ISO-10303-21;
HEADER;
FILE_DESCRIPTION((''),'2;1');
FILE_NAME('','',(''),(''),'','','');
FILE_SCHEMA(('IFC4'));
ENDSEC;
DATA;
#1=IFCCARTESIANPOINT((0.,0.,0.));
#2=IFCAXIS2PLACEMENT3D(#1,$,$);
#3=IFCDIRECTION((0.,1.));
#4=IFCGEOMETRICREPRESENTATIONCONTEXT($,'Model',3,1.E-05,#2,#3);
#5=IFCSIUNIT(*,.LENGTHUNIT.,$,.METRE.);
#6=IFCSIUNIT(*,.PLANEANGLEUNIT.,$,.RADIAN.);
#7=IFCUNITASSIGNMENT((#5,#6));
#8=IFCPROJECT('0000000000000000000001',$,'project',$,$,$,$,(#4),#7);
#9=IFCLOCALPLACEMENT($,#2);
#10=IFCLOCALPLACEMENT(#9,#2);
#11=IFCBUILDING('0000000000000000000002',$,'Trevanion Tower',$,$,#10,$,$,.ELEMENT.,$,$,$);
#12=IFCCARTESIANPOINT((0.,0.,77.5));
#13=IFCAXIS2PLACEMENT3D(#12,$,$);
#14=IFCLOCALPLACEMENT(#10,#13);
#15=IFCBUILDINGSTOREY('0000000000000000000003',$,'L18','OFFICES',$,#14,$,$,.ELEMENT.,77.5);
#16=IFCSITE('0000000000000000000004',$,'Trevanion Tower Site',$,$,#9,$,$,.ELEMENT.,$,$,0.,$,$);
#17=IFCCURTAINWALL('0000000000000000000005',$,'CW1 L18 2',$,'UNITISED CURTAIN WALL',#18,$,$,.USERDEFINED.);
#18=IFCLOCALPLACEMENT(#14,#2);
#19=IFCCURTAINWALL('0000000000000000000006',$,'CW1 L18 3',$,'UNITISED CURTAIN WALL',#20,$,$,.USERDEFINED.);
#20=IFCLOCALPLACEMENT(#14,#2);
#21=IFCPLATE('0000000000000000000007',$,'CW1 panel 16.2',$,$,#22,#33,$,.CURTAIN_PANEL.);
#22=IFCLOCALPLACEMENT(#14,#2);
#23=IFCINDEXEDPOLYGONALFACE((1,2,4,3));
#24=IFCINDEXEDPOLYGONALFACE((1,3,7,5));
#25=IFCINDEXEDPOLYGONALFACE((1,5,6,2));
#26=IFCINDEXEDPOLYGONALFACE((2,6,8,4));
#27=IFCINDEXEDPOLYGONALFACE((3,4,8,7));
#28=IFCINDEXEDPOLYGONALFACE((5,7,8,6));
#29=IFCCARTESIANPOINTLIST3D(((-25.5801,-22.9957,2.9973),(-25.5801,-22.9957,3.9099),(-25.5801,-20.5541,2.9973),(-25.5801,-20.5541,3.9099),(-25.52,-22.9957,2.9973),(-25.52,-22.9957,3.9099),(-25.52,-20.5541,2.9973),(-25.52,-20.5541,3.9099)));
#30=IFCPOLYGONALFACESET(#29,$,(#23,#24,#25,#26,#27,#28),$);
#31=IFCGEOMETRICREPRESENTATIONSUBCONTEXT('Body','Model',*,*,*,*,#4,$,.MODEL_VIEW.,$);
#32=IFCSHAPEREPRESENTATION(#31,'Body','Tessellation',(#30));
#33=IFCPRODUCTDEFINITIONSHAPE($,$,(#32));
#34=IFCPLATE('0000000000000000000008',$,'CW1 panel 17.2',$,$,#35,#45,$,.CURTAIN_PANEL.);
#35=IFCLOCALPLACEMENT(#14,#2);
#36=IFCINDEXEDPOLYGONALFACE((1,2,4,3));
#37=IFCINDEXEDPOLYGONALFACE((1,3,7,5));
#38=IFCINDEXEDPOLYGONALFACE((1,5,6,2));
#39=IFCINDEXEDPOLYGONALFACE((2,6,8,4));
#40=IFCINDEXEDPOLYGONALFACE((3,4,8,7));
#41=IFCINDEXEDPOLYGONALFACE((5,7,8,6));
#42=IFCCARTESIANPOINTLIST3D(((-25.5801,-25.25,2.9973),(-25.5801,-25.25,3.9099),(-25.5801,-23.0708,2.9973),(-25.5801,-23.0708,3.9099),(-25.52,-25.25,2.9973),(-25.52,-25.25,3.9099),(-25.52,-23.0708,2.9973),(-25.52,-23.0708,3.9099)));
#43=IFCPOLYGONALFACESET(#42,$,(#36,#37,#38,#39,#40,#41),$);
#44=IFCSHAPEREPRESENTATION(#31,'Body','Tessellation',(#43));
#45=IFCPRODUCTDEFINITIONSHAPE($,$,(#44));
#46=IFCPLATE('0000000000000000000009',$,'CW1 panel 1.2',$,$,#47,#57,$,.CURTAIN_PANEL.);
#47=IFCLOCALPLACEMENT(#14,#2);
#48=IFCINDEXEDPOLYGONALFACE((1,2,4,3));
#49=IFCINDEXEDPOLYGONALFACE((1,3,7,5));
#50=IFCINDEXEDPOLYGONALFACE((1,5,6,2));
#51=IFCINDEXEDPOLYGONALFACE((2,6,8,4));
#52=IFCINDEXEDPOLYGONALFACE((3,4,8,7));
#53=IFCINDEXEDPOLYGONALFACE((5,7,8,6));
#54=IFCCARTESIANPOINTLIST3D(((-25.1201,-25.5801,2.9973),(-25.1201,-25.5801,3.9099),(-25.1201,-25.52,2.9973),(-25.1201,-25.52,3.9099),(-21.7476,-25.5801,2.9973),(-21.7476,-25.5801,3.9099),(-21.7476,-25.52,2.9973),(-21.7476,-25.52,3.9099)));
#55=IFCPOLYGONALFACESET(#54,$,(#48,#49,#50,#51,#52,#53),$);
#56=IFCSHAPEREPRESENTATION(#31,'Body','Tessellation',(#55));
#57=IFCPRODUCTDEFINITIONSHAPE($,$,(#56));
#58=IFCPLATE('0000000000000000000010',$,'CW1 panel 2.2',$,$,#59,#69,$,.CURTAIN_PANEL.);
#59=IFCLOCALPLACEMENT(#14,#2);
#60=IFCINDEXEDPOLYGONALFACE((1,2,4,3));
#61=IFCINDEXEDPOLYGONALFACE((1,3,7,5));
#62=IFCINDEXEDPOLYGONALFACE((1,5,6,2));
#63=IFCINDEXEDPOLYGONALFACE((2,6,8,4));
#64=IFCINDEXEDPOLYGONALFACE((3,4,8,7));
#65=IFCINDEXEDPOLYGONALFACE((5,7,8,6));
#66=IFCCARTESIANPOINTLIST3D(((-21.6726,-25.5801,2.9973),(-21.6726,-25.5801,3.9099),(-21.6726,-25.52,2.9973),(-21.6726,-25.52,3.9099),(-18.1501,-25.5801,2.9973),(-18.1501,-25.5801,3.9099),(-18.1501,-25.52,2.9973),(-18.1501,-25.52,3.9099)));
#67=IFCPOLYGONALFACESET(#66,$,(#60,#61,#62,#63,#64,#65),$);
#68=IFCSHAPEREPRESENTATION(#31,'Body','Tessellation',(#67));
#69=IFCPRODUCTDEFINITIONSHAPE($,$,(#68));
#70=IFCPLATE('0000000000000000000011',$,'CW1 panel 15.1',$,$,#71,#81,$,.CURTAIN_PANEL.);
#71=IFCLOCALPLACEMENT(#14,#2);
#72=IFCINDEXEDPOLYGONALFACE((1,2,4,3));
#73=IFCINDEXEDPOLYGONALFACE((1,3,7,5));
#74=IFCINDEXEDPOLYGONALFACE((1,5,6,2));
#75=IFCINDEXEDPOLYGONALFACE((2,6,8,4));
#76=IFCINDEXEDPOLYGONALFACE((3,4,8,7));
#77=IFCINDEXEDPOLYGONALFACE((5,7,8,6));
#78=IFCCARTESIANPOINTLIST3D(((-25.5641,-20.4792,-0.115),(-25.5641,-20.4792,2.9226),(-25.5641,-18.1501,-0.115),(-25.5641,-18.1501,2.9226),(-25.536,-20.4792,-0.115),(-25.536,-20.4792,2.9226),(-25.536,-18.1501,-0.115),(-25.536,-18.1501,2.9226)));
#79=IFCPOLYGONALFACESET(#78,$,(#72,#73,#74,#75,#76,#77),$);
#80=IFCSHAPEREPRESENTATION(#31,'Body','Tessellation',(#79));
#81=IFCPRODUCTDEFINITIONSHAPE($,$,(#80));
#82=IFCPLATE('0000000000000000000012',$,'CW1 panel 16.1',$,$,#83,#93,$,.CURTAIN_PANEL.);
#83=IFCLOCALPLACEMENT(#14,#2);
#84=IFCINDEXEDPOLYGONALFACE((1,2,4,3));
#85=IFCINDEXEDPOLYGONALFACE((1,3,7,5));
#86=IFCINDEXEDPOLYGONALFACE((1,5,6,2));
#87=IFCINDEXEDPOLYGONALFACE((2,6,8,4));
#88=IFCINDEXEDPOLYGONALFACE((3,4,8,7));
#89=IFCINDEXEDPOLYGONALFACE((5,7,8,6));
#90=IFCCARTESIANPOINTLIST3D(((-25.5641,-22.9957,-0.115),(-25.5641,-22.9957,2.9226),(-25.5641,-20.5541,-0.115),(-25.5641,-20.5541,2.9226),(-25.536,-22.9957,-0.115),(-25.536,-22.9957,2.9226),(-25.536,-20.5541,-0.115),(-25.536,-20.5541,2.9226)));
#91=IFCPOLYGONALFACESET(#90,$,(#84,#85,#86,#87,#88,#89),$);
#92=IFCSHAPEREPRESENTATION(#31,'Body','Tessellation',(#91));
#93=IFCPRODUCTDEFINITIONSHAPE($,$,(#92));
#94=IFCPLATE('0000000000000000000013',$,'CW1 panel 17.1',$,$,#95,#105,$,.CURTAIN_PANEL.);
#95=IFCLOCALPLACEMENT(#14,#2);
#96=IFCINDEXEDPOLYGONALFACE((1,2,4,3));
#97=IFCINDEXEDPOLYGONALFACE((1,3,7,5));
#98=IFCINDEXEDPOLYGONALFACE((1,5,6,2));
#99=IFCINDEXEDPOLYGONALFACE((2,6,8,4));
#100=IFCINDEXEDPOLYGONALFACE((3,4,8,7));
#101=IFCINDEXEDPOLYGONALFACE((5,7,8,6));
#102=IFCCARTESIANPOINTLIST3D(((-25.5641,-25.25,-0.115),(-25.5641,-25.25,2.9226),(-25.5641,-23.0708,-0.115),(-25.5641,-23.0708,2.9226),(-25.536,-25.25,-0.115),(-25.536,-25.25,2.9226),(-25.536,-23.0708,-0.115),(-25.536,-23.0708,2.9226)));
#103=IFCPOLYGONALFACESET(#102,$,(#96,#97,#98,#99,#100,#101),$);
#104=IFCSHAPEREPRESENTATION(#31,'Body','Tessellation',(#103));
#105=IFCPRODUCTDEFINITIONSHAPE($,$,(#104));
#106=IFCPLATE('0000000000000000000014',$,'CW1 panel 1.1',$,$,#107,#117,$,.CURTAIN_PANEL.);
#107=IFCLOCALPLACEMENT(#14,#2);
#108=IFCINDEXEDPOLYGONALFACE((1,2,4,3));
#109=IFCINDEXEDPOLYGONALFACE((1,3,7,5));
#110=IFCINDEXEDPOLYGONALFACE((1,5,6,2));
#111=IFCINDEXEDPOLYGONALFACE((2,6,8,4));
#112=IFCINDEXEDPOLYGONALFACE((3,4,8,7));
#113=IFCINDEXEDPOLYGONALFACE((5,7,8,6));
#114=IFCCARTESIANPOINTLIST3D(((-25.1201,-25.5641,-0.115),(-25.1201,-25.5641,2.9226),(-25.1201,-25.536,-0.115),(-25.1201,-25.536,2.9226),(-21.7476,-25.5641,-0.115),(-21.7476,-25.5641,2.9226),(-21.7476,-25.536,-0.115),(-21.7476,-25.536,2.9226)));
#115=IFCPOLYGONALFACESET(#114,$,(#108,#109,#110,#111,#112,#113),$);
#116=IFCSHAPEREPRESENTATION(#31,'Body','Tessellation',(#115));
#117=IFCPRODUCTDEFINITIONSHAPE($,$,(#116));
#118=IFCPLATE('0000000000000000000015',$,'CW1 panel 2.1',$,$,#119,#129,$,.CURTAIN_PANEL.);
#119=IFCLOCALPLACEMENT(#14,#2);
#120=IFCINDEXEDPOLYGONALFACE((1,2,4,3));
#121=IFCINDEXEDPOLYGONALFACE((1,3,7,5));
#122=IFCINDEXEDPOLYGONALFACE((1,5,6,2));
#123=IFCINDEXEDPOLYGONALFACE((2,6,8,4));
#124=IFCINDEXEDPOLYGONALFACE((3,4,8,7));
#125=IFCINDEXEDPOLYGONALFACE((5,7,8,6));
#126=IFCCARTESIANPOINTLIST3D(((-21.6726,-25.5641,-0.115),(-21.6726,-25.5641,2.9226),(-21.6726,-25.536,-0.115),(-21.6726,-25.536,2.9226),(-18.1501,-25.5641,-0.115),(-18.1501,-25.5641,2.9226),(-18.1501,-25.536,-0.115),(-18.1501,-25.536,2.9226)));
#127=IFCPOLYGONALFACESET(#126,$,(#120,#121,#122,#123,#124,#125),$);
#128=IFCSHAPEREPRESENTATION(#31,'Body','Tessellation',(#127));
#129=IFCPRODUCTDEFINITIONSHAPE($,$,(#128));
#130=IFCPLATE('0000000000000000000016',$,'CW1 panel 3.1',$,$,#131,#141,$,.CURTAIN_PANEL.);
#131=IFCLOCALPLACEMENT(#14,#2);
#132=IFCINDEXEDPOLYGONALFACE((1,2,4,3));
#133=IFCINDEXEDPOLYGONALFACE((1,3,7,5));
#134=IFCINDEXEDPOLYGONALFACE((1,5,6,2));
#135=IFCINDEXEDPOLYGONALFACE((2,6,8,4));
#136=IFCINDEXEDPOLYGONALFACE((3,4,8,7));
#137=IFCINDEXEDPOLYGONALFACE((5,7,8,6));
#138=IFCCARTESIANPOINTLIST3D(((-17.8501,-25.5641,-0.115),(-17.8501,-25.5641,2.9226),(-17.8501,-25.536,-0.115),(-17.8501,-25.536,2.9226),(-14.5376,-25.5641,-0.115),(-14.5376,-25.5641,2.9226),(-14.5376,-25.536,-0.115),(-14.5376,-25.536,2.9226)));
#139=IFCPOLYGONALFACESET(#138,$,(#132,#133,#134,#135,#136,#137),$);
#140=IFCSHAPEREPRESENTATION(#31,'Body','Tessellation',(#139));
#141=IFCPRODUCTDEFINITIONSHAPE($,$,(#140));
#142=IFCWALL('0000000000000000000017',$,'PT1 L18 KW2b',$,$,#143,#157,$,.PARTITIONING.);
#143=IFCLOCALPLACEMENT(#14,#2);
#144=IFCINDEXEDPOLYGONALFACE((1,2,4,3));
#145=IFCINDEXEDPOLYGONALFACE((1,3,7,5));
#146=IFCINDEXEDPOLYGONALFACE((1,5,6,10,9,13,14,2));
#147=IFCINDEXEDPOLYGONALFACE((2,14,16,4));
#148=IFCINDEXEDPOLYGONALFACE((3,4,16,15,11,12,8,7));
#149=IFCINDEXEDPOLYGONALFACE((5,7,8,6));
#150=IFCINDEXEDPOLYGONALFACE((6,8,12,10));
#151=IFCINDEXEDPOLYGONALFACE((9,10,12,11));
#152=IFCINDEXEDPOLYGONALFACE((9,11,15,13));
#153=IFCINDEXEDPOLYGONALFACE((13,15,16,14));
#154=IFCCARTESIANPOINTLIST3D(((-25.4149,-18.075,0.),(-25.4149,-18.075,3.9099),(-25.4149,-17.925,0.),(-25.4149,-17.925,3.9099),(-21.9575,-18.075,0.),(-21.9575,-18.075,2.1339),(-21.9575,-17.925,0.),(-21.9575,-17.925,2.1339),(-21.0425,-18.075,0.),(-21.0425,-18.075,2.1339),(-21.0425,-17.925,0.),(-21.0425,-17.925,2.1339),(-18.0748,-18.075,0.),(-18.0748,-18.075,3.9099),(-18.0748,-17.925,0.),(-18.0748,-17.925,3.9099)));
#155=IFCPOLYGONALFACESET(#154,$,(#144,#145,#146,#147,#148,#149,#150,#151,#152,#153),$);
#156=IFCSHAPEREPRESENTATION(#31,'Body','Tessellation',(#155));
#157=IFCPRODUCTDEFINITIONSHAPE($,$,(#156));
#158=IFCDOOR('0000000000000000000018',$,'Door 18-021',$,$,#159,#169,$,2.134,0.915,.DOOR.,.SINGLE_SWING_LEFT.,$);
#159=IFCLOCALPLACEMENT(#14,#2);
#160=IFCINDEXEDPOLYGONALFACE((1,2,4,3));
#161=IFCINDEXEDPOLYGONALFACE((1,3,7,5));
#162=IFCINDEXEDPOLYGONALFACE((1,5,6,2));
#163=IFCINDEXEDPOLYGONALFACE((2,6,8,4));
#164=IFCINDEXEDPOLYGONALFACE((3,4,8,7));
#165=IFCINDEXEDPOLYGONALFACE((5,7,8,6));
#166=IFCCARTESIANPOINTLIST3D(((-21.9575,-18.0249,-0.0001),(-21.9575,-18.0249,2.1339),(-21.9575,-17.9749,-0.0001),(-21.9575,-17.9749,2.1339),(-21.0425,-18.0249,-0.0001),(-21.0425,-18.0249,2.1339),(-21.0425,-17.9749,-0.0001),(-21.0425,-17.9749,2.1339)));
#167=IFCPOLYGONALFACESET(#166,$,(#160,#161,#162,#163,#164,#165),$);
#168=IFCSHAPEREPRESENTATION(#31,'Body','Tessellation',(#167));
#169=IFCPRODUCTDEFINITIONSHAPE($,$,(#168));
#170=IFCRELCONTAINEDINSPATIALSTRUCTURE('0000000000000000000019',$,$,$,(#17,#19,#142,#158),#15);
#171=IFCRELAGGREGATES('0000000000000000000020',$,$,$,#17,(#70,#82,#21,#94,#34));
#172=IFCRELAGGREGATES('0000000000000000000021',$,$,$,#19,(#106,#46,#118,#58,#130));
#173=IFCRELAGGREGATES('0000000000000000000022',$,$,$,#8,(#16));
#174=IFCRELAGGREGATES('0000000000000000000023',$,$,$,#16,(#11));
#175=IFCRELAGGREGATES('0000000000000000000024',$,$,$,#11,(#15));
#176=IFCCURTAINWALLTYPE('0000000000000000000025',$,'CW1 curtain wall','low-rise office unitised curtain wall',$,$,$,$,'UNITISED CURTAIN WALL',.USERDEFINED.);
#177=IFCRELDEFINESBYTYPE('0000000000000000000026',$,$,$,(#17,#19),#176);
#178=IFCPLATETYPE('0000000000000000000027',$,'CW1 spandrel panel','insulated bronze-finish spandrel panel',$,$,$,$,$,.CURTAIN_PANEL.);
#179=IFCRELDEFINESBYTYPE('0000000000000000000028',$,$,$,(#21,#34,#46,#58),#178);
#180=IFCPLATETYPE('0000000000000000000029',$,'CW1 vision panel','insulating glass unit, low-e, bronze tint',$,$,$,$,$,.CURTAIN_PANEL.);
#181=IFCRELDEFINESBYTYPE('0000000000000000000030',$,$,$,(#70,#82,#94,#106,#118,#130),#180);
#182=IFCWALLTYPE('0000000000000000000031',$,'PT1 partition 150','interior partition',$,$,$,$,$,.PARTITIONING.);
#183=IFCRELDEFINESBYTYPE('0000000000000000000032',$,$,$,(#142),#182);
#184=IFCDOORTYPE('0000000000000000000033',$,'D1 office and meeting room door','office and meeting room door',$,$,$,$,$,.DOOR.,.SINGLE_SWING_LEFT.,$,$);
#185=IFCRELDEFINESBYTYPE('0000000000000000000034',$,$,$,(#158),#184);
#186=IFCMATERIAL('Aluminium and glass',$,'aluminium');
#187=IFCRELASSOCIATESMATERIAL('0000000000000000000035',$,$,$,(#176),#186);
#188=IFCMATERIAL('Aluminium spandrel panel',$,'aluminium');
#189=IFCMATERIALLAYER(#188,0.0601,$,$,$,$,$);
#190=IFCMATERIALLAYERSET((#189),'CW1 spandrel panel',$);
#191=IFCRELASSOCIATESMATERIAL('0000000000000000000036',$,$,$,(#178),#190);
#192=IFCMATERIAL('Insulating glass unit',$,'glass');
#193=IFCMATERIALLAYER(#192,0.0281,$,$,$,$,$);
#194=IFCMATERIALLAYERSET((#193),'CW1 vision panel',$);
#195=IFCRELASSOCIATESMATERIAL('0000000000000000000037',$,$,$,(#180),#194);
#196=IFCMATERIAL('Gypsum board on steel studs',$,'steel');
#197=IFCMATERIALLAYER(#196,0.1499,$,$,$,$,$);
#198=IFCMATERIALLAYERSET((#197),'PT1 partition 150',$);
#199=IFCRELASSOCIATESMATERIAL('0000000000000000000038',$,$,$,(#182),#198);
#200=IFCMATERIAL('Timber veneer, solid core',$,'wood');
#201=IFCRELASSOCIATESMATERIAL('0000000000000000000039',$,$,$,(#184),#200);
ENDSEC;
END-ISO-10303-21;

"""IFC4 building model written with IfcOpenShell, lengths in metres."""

from ifc_helpers import new_model, si_unit, direction, frame, frame_2d, origin, origin_2d, place, context, subcontext, project, spatial, rectangle, extrude, material, layer, layer_set, type_object, element, fill, aggregate, save


model = new_model("IFC4")

# Units and contexts
model_context = context("Model", 3, precision=1e-05, world=origin(), true_north=direction((0.0, 1.0)))
body_context = subcontext(model_context, "Body", "Model", "MODEL_VIEW")
ifc_project = project(units=[si_unit("LENGTHUNIT", "METRE"), si_unit("PLANEANGLEUNIT", "RADIAN")], contexts=[model_context])

# Site, building, storey
site_placement = place(None, origin())
site = spatial("IfcSite", under=ifc_project, at=site_placement, Name="Trevanion Tower Site", CompositionType="ELEMENT", RefElevation=0.0)
building_placement = place(site_placement, origin())
building = spatial("IfcBuilding", under=site, at=building_placement, Name="Trevanion Tower", CompositionType="ELEMENT")
storey_placement = place(building_placement, frame((0.0, 0.0, 77.5)))
storey = spatial("IfcBuildingStorey", under=building, at=storey_placement, Name="L18", Description="OFFICES", CompositionType="ELEMENT", Elevation=77.5)

# Curtain wall
ifc_material_1 = material(Name="Aluminium and glass", Category="aluminium")
curtain_wall_type = type_object("IfcCurtainWallType", Name="CW1 curtain wall", Description="low-rise office unitised curtain wall", ElementType="UNITISED CURTAIN WALL", PredefinedType="USERDEFINED", material=ifc_material_1)
curtain_wall_1_placement = place(storey_placement, origin())
curtain_wall_1 = element("IfcCurtainWall", 1, at=curtain_wall_1_placement, inside=storey, type_object=curtain_wall_type, Name="CW1 L18 2", ObjectType="UNITISED CURTAIN WALL", PredefinedType="USERDEFINED")

# Curtain wall
curtain_wall_2_placement = place(storey_placement, origin())
curtain_wall_2 = element("IfcCurtainWall", 2, at=curtain_wall_2_placement, inside=storey, type_object=curtain_wall_type, Name="CW1 L18 3", ObjectType="UNITISED CURTAIN WALL", PredefinedType="USERDEFINED")

# Plates
ifc_material_2 = material(Name="Aluminium spandrel panel", Category="aluminium")
ifc_layer_1 = layer(ifc_material_2, 0.0601)
ifc_layer_set_1 = layer_set([ifc_layer_1], Name="CW1 spandrel panel")
plate_type_1 = type_object("IfcPlateType", Name="CW1 spandrel panel", Description="insulated bronze-finish spandrel panel", PredefinedType="CURTAIN_PANEL", material=ifc_layer_set_1)
plate_1_placement = place(storey_placement, frame((-25.55, -21.7749, 2.9973), z_axis=(0.0, 0.0, 1.0), x_axis=(0.0, -1.0, 0.0)))
plate_1 = element("IfcPlate", 3, at=plate_1_placement, type_object=plate_type_1, Name="CW1 panel 16.2", PredefinedType="CURTAIN_PANEL", context=body_context, shape_type="SweptSolid", body=[
    extrude(rectangle(XDim=2.4417, YDim=0.0601, at=origin_2d()), origin(), (0.0, 0.0, 1.0), 0.9126),
])
plate_2_placement = place(storey_placement, frame((-25.55, -24.1604, 2.9973), z_axis=(0.0, 0.0, 1.0), x_axis=(0.0, -1.0, 0.0)))
plate_2 = element("IfcPlate", 4, at=plate_2_placement, type_object=plate_type_1, Name="CW1 panel 17.2", PredefinedType="CURTAIN_PANEL", context=body_context, shape_type="SweptSolid", body=[
    extrude(rectangle(XDim=2.1792, YDim=0.0601, at=origin_2d()), origin(), (0.0, 0.0, 1.0), 0.9126),
])
plate_3_placement = place(storey_placement, frame((-23.4338, -25.55, 2.9973), z_axis=(0.0, 0.0, 1.0), x_axis=(1.0, 0.0, 0.0)))
plate_3 = element("IfcPlate", 5, at=plate_3_placement, type_object=plate_type_1, Name="CW1 panel 1.2", PredefinedType="CURTAIN_PANEL", context=body_context, shape_type="SweptSolid", body=[
    extrude(rectangle(XDim=3.3726, YDim=0.0601, at=origin_2d()), origin(), (0.0, 0.0, 1.0), 0.9126),
])
plate_4_placement = place(storey_placement, frame((-19.9114, -25.55, 2.9973), z_axis=(0.0, 0.0, 1.0), x_axis=(1.0, 0.0, 0.0)))
plate_4 = element("IfcPlate", 6, at=plate_4_placement, type_object=plate_type_1, Name="CW1 panel 2.2", PredefinedType="CURTAIN_PANEL", context=body_context, shape_type="SweptSolid", body=[
    extrude(rectangle(XDim=3.5225, YDim=0.0601, at=origin_2d()), origin(), (0.0, 0.0, 1.0), 0.9126),
])
ifc_material_3 = material(Name="Insulating glass unit", Category="glass")
ifc_layer_2 = layer(ifc_material_3, 0.0281)
ifc_layer_set_2 = layer_set([ifc_layer_2], Name="CW1 vision panel")
plate_type_2 = type_object("IfcPlateType", Name="CW1 vision panel", Description="insulating glass unit, low-e, bronze tint", PredefinedType="CURTAIN_PANEL", material=ifc_layer_set_2)
plate_5_placement = place(storey_placement, frame((-25.55, -19.3147, -0.115), z_axis=(0.0, 0.0, 1.0), x_axis=(0.0, -1.0, 0.0)))
plate_5 = element("IfcPlate", 7, at=plate_5_placement, type_object=plate_type_2, Name="CW1 panel 15.1", PredefinedType="CURTAIN_PANEL", context=body_context, shape_type="SweptSolid", body=[
    extrude(rectangle(XDim=2.3291, YDim=0.0281, at=origin_2d()), origin(), (0.0, 0.0, 1.0), 3.0376),
])
plate_6_placement = place(storey_placement, frame((-25.55, -21.7749, -0.115), z_axis=(0.0, 0.0, 1.0), x_axis=(0.0, -1.0, 0.0)))
plate_6 = element("IfcPlate", 8, at=plate_6_placement, type_object=plate_type_2, Name="CW1 panel 16.1", PredefinedType="CURTAIN_PANEL", context=body_context, shape_type="SweptSolid", body=[
    extrude(rectangle(XDim=2.4417, YDim=0.0281, at=origin_2d()), origin(), (0.0, 0.0, 1.0), 3.0376),
])
plate_7_placement = place(storey_placement, frame((-25.55, -24.1604, -0.115), z_axis=(0.0, 0.0, 1.0), x_axis=(0.0, -1.0, 0.0)))
plate_7 = element("IfcPlate", 9, at=plate_7_placement, type_object=plate_type_2, Name="CW1 panel 17.1", PredefinedType="CURTAIN_PANEL", context=body_context, shape_type="SweptSolid", body=[
    extrude(rectangle(XDim=2.1792, YDim=0.0281, at=origin_2d()), origin(), (0.0, 0.0, 1.0), 3.0376),
])
aggregate(curtain_wall_1, [plate_5, plate_6, plate_1, plate_7, plate_2])
plate_8_placement = place(storey_placement, frame((-23.4338, -25.55, -0.115), z_axis=(0.0, 0.0, 1.0), x_axis=(1.0, 0.0, 0.0)))
plate_8 = element("IfcPlate", 10, at=plate_8_placement, type_object=plate_type_2, Name="CW1 panel 1.1", PredefinedType="CURTAIN_PANEL", context=body_context, shape_type="SweptSolid", body=[
    extrude(rectangle(XDim=3.3726, YDim=0.0281, at=origin_2d()), origin(), (0.0, 0.0, 1.0), 3.0376),
])
plate_9_placement = place(storey_placement, frame((-19.9114, -25.55, -0.115), z_axis=(0.0, 0.0, 1.0), x_axis=(1.0, 0.0, 0.0)))
plate_9 = element("IfcPlate", 11, at=plate_9_placement, type_object=plate_type_2, Name="CW1 panel 2.1", PredefinedType="CURTAIN_PANEL", context=body_context, shape_type="SweptSolid", body=[
    extrude(rectangle(XDim=3.5225, YDim=0.0281, at=origin_2d()), origin(), (0.0, 0.0, 1.0), 3.0376),
])
plate_10_placement = place(storey_placement, frame((-16.1938, -25.55, -0.115), z_axis=(0.0, 0.0, 1.0), x_axis=(1.0, 0.0, 0.0)))
plate_10 = element("IfcPlate", 12, at=plate_10_placement, type_object=plate_type_2, Name="CW1 panel 3.1", PredefinedType="CURTAIN_PANEL", context=body_context, shape_type="SweptSolid", body=[
    extrude(rectangle(XDim=3.3125, YDim=0.0281, at=origin_2d()), origin(), (0.0, 0.0, 1.0), 3.0376),
])
aggregate(curtain_wall_2, [plate_8, plate_3, plate_9, plate_4, plate_10])

# Wall, opening, door
ifc_material_4 = material(Name="Gypsum board on steel studs", Category="steel")
ifc_layer_3 = layer(ifc_material_4, 0.1499)
ifc_layer_set_3 = layer_set([ifc_layer_3], Name="PT1 partition 150")
wall_type = type_object("IfcWallType", Name="PT1 partition 150", Description="interior partition", PredefinedType="PARTITIONING", material=ifc_layer_set_3)
wall_placement = place(storey_placement, frame((-18.075, -18.0, 0.0), z_axis=(0.0, 0.0, 1.0), x_axis=(-1.0, 0.0, 0.0)))
wall = element("IfcWall", 13, at=wall_placement, inside=storey, type_object=wall_type, Name="PT1 L18 KW2b", PredefinedType="PARTITIONING", context=body_context, shape_type="SweptSolid", body=[
    extrude(rectangle(XDim=7.3401, YDim=0.1499, at=frame_2d((3.6699, 0.0))), origin(), (0.0, 0.0, 1.0), 3.9099),
])
opening_placement = place(wall_placement, frame((2.9675, 0.0, 0.0)))
opening = element("IfcOpeningElement", 14, at=opening_placement, cuts=wall, PredefinedType="OPENING", context=body_context, shape_type="SweptSolid", body=[
    extrude(rectangle(XDim=0.915, YDim=2.134, at=frame_2d((0.4575, 1.0669))), frame((0.0, 0.085, 0.0), z_axis=(0.0, -1.0, 0.0), x_axis=(1.0, 0.0, 0.0)), (0.0, 0.0, 1.0), 0.1699),
])
ifc_material_5 = material(Name="Timber veneer, solid core", Category="wood")
door_type = type_object("IfcDoorType", Name="D1 office and meeting room door", Description="office and meeting room door", OperationType="SINGLE_SWING_LEFT", PredefinedType="DOOR", material=ifc_material_5)
door_placement = place(opening_placement, origin())
door = element("IfcDoor", 15, at=door_placement, inside=storey, type_object=door_type, Name="Door 18-021", OperationType="SINGLE_SWING_LEFT", OverallHeight=2.134, OverallWidth=0.915, PredefinedType="DOOR", context=body_context, shape_type="SweptSolid", body=[
    extrude(rectangle(XDim=0.915, YDim=2.134, at=frame_2d((0.4575, 1.0669))), frame((0.0, 0.0249, 0.0), z_axis=(0.0, -1.0, 0.0), x_axis=(1.0, 0.0, 0.0)), (0.0, 0.0, 1.0), 0.05),
])
fill(opening, door)

save(model, "model.ifc")
